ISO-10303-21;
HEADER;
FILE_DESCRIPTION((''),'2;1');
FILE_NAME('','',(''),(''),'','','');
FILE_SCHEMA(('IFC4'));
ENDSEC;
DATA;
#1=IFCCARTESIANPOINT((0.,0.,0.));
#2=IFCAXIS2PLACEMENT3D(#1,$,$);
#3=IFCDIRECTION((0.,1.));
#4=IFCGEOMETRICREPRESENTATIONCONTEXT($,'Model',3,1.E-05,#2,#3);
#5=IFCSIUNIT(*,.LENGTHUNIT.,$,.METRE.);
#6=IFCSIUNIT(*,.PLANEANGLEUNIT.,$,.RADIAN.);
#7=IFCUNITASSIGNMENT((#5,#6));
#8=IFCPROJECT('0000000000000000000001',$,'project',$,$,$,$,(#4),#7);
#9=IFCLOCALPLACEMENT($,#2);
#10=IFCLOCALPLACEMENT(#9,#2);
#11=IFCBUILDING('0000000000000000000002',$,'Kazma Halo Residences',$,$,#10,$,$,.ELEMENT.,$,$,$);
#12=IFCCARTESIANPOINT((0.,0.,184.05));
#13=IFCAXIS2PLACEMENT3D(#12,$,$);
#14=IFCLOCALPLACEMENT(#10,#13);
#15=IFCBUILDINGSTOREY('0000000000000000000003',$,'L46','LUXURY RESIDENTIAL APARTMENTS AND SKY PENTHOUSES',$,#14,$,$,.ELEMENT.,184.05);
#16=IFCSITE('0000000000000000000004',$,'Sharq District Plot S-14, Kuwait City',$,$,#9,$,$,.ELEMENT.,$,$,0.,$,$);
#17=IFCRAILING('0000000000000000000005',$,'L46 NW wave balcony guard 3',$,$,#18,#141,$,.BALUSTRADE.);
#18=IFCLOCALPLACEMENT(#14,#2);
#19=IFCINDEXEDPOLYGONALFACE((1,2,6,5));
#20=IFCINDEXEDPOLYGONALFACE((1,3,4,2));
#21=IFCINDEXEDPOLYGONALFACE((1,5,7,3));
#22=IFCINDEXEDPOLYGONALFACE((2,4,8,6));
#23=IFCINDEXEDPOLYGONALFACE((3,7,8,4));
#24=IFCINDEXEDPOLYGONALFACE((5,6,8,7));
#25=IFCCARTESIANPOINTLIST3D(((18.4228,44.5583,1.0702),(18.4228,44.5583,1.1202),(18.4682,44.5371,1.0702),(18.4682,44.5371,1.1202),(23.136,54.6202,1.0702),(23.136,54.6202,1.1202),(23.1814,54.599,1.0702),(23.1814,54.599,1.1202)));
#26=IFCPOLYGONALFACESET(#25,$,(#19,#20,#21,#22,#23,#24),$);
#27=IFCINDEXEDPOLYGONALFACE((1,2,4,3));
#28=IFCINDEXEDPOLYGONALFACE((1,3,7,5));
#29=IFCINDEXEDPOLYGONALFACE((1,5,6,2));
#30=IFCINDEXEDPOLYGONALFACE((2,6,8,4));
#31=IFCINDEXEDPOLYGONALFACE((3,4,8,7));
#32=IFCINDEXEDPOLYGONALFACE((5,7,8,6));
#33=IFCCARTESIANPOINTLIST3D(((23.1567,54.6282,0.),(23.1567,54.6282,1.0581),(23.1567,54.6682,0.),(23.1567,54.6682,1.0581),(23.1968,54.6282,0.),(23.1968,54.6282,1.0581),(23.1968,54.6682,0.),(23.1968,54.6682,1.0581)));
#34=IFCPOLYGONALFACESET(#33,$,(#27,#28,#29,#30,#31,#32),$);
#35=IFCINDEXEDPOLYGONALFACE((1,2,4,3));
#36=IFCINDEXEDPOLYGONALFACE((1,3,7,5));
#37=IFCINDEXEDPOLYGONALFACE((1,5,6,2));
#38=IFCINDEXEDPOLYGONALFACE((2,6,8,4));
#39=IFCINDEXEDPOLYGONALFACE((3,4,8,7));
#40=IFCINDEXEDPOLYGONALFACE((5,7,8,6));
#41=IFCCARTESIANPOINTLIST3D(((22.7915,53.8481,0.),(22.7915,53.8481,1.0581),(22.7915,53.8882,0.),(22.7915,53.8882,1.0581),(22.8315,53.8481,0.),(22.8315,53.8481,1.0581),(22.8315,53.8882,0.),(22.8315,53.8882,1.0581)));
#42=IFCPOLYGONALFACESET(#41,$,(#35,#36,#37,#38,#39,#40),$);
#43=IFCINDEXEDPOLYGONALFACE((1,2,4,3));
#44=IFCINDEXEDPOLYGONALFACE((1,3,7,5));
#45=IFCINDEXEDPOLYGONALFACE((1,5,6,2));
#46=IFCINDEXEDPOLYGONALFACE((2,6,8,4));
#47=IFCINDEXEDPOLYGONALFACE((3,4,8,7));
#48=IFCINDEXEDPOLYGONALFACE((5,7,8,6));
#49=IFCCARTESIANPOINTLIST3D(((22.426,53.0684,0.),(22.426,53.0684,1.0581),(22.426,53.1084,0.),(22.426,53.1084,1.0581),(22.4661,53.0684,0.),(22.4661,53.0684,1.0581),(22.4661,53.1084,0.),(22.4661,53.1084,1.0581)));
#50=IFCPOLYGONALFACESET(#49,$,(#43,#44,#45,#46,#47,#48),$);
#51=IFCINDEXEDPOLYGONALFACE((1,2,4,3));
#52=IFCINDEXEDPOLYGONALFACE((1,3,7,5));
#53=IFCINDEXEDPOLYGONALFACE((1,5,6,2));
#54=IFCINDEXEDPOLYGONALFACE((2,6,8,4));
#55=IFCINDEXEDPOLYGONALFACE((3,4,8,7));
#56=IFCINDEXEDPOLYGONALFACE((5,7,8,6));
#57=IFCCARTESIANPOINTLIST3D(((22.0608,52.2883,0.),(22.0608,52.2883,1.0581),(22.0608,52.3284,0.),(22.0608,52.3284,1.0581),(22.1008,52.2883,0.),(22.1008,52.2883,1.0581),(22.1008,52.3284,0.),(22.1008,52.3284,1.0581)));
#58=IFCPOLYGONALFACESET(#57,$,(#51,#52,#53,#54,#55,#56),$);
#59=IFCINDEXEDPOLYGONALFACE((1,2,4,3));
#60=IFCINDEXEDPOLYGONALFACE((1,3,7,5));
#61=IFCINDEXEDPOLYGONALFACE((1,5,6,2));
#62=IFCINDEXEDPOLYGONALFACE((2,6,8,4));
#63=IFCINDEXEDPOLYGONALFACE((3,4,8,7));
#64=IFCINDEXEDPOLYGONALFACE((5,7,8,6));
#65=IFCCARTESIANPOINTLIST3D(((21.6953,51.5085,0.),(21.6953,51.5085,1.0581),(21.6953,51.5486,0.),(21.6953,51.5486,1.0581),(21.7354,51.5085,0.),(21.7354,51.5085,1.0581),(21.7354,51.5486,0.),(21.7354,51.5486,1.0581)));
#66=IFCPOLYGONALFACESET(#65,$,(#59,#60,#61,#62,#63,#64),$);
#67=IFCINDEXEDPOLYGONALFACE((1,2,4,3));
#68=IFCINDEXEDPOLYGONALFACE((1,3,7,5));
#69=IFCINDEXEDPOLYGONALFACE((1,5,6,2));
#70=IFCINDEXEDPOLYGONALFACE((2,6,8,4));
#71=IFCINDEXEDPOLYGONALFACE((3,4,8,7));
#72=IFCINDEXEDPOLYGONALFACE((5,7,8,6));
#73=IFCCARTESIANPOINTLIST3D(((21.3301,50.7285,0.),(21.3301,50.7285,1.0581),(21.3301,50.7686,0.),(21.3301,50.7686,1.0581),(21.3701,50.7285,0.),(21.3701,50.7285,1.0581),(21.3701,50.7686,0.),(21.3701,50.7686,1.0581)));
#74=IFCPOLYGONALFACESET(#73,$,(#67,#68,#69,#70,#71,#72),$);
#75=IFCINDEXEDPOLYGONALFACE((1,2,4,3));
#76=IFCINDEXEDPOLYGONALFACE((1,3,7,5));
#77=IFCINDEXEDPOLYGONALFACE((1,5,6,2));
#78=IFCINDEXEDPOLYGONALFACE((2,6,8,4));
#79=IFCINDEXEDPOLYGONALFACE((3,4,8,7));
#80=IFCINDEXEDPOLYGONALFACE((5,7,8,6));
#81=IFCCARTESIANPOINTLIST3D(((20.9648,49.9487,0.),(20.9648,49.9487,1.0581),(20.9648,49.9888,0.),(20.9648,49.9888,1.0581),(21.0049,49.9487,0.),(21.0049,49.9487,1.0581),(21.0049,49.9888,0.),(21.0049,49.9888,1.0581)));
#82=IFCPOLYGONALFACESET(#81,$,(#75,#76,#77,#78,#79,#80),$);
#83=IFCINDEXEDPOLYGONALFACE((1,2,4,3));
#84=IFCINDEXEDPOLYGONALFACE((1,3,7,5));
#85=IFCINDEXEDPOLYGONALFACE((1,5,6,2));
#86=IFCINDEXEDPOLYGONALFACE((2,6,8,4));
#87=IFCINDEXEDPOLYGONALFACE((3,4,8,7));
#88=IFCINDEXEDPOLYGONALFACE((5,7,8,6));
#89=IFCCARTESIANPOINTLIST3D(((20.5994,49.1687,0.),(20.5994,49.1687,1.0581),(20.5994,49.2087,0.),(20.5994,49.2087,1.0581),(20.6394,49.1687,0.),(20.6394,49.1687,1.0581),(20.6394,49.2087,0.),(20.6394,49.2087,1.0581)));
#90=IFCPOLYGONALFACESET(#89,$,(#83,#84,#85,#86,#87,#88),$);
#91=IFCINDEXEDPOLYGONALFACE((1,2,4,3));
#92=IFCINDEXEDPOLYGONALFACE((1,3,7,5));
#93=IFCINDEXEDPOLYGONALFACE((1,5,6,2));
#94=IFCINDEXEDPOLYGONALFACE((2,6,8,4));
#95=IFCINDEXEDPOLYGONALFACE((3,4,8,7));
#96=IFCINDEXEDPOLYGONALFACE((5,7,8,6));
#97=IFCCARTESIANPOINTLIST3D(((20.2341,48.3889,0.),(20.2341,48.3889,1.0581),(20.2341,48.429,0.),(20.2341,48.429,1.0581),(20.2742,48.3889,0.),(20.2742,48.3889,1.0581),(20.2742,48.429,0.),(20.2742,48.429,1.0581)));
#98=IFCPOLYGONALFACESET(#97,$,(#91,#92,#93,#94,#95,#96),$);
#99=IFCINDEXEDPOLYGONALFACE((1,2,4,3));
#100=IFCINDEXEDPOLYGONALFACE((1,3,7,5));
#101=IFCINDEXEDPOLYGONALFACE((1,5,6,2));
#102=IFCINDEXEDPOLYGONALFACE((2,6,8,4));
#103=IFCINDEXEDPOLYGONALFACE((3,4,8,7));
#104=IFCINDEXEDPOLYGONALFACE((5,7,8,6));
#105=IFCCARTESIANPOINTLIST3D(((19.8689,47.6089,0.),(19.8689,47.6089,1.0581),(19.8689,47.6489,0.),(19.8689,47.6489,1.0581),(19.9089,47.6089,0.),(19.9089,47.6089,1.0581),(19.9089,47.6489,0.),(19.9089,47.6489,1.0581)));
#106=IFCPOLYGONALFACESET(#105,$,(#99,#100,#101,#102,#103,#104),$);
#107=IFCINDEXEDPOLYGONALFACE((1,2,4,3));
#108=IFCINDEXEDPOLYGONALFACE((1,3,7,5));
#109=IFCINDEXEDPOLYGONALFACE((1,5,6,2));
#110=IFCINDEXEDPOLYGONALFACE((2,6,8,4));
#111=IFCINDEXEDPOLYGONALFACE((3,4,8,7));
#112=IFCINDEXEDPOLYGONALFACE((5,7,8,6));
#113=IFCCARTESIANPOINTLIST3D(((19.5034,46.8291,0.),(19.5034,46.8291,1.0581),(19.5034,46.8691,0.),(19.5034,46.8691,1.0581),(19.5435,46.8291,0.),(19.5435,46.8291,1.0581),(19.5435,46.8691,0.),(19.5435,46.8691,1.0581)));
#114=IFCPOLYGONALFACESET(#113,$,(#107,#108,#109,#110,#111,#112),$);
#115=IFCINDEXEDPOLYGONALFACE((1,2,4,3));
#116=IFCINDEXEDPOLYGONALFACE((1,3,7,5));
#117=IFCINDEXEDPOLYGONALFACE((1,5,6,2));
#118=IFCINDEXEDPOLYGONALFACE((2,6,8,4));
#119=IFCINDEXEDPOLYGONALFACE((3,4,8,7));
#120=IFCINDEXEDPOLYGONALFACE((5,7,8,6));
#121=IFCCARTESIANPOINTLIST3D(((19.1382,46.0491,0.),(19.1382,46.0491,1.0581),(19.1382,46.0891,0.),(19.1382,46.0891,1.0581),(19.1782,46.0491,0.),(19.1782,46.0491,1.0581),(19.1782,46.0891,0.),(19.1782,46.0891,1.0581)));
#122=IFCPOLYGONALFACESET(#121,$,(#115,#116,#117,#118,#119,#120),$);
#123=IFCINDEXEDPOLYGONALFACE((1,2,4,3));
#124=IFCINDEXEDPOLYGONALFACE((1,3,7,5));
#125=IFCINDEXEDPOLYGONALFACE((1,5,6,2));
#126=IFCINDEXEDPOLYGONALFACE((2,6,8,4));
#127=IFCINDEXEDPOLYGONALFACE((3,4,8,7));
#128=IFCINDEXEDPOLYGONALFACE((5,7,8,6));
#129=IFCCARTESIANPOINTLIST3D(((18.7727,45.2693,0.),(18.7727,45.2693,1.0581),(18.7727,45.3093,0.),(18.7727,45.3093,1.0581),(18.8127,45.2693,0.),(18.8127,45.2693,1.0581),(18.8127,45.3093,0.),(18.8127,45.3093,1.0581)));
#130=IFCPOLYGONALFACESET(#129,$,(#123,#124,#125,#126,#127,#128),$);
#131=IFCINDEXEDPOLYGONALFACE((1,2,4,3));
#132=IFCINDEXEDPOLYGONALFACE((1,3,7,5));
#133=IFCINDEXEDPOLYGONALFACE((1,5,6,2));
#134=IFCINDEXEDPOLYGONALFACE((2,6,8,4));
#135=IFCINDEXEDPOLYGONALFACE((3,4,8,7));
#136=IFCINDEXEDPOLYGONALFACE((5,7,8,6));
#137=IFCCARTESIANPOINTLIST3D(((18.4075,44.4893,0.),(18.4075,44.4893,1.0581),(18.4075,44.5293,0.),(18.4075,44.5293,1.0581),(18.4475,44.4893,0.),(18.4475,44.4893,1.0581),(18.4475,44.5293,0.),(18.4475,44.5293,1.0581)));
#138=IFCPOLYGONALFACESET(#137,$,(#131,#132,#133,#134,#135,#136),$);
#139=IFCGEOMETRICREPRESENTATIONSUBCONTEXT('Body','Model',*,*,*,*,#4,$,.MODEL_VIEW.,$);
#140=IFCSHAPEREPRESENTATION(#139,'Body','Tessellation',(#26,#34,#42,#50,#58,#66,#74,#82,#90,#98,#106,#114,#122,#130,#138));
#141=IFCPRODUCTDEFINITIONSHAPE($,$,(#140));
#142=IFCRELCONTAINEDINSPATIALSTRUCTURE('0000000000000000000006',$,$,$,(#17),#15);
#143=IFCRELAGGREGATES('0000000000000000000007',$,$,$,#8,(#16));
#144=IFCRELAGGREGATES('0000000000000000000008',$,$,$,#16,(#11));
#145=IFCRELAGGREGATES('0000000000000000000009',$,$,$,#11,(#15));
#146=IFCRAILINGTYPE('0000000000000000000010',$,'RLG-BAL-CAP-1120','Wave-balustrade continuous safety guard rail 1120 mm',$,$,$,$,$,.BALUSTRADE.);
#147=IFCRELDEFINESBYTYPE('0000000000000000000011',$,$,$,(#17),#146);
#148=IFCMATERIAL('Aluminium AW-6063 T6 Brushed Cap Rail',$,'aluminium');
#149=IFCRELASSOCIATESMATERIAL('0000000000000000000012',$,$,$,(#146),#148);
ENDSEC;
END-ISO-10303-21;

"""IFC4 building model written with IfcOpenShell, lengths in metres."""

from ifc_helpers import new_model, si_unit, direction, frame, origin, origin_2d, place, context, subcontext, project, spatial, rectangle, extrude, material, type_object, element, save


model = new_model("IFC4")

# Units and contexts
model_context = context("Model", 3, precision=1e-05, world=origin(), true_north=direction((0.0, 1.0)))
body_context = subcontext(model_context, "Body", "Model", "MODEL_VIEW")
ifc_project = project(units=[si_unit("LENGTHUNIT", "METRE"), si_unit("PLANEANGLEUNIT", "RADIAN")], contexts=[model_context])

# Site, building, storey
site_placement = place(None, origin())
site = spatial("IfcSite", under=ifc_project, at=site_placement, Name="Sharq District Plot S-14, Kuwait City", CompositionType="ELEMENT", RefElevation=0.0)
building_placement = place(site_placement, origin())
building = spatial("IfcBuilding", under=site, at=building_placement, Name="Kazma Halo Residences", CompositionType="ELEMENT")
storey_placement = place(building_placement, frame((0.0, 0.0, 184.05)))
storey = spatial("IfcBuildingStorey", under=building, at=storey_placement, Name="L46", Description="LUXURY RESIDENTIAL APARTMENTS AND SKY PENTHOUSES", CompositionType="ELEMENT", Elevation=184.05)

# Railing
ifc_material_1 = material(Name="Aluminium AW-6063 T6 Brushed Cap Rail", Category="aluminium")
railing_type = type_object("IfcRailingType", Name="RLG-BAL-CAP-1120", Description="Wave-balustrade continuous safety guard rail 1120 mm", PredefinedType="BALUSTRADE", material=ifc_material_1)
railing_1_placement = place(storey_placement, frame((23.1768, 54.6482, 0.0)))
element("IfcRailing", 1, at=railing_1_placement, inside=storey, type_object=railing_type, Name="L46 NW wave balcony guard 3", PredefinedType="BALUSTRADE", context=body_context, shape_type="SweptSolid", body=[
    extrude(rectangle(XDim=0.05, YDim=0.05, at=origin_2d()), frame((-0.0181, -0.0386, 1.0952), z_axis=(-0.424189, -0.905574, 0.0), x_axis=(0.905574, -0.424189, 0.0)), (0.0, 0.0, 1.0), 11.1111),
    extrude(rectangle(XDim=0.04, YDim=0.04, at=origin_2d()), origin(), (0.0, 0.0, 1.0), 1.0581),
    extrude(rectangle(XDim=0.04, YDim=0.04, at=origin_2d()), frame((-0.3652, -0.78, 0.0)), (0.0, 0.0, 1.0), 1.0581),
    extrude(rectangle(XDim=0.04, YDim=0.04, at=origin_2d()), frame((-0.7307, -1.5598, 0.0)), (0.0, 0.0, 1.0), 1.0581),
    extrude(rectangle(XDim=0.04, YDim=0.04, at=origin_2d()), frame((-1.0959, -2.3398, 0.0)), (0.0, 0.0, 1.0), 1.0581),
    extrude(rectangle(XDim=0.04, YDim=0.04, at=origin_2d()), frame((-1.4614, -3.1196, 0.0)), (0.0, 0.0, 1.0), 1.0581),
    extrude(rectangle(XDim=0.04, YDim=0.04, at=origin_2d()), frame((-1.8267, -3.8997, 0.0)), (0.0, 0.0, 1.0), 1.0581),
    extrude(rectangle(XDim=0.04, YDim=0.04, at=origin_2d()), frame((-2.1919, -4.6794, 0.0)), (0.0, 0.0, 1.0), 1.0581),
    extrude(rectangle(XDim=0.04, YDim=0.04, at=origin_2d()), frame((-2.5574, -5.4595, 0.0)), (0.0, 0.0, 1.0), 1.0581),
    extrude(rectangle(XDim=0.04, YDim=0.04, at=origin_2d()), frame((-2.9226, -6.2393, 0.0)), (0.0, 0.0, 1.0), 1.0581),
    extrude(rectangle(XDim=0.04, YDim=0.04, at=origin_2d()), frame((-3.2878, -7.0193, 0.0)), (0.0, 0.0, 1.0), 1.0581),
    extrude(rectangle(XDim=0.04, YDim=0.04, at=origin_2d()), frame((-3.6533, -7.7991, 0.0)), (0.0, 0.0, 1.0), 1.0581),
    extrude(rectangle(XDim=0.04, YDim=0.04, at=origin_2d()), frame((-4.0186, -8.5791, 0.0)), (0.0, 0.0, 1.0), 1.0581),
    extrude(rectangle(XDim=0.04, YDim=0.04, at=origin_2d()), frame((-4.384, -9.3589, 0.0)), (0.0, 0.0, 1.0), 1.0581),
    extrude(rectangle(XDim=0.04, YDim=0.04, at=origin_2d()), frame((-4.7493, -10.1389, 0.0)), (0.0, 0.0, 1.0), 1.0581),
])

save(model, "model.ifc")
